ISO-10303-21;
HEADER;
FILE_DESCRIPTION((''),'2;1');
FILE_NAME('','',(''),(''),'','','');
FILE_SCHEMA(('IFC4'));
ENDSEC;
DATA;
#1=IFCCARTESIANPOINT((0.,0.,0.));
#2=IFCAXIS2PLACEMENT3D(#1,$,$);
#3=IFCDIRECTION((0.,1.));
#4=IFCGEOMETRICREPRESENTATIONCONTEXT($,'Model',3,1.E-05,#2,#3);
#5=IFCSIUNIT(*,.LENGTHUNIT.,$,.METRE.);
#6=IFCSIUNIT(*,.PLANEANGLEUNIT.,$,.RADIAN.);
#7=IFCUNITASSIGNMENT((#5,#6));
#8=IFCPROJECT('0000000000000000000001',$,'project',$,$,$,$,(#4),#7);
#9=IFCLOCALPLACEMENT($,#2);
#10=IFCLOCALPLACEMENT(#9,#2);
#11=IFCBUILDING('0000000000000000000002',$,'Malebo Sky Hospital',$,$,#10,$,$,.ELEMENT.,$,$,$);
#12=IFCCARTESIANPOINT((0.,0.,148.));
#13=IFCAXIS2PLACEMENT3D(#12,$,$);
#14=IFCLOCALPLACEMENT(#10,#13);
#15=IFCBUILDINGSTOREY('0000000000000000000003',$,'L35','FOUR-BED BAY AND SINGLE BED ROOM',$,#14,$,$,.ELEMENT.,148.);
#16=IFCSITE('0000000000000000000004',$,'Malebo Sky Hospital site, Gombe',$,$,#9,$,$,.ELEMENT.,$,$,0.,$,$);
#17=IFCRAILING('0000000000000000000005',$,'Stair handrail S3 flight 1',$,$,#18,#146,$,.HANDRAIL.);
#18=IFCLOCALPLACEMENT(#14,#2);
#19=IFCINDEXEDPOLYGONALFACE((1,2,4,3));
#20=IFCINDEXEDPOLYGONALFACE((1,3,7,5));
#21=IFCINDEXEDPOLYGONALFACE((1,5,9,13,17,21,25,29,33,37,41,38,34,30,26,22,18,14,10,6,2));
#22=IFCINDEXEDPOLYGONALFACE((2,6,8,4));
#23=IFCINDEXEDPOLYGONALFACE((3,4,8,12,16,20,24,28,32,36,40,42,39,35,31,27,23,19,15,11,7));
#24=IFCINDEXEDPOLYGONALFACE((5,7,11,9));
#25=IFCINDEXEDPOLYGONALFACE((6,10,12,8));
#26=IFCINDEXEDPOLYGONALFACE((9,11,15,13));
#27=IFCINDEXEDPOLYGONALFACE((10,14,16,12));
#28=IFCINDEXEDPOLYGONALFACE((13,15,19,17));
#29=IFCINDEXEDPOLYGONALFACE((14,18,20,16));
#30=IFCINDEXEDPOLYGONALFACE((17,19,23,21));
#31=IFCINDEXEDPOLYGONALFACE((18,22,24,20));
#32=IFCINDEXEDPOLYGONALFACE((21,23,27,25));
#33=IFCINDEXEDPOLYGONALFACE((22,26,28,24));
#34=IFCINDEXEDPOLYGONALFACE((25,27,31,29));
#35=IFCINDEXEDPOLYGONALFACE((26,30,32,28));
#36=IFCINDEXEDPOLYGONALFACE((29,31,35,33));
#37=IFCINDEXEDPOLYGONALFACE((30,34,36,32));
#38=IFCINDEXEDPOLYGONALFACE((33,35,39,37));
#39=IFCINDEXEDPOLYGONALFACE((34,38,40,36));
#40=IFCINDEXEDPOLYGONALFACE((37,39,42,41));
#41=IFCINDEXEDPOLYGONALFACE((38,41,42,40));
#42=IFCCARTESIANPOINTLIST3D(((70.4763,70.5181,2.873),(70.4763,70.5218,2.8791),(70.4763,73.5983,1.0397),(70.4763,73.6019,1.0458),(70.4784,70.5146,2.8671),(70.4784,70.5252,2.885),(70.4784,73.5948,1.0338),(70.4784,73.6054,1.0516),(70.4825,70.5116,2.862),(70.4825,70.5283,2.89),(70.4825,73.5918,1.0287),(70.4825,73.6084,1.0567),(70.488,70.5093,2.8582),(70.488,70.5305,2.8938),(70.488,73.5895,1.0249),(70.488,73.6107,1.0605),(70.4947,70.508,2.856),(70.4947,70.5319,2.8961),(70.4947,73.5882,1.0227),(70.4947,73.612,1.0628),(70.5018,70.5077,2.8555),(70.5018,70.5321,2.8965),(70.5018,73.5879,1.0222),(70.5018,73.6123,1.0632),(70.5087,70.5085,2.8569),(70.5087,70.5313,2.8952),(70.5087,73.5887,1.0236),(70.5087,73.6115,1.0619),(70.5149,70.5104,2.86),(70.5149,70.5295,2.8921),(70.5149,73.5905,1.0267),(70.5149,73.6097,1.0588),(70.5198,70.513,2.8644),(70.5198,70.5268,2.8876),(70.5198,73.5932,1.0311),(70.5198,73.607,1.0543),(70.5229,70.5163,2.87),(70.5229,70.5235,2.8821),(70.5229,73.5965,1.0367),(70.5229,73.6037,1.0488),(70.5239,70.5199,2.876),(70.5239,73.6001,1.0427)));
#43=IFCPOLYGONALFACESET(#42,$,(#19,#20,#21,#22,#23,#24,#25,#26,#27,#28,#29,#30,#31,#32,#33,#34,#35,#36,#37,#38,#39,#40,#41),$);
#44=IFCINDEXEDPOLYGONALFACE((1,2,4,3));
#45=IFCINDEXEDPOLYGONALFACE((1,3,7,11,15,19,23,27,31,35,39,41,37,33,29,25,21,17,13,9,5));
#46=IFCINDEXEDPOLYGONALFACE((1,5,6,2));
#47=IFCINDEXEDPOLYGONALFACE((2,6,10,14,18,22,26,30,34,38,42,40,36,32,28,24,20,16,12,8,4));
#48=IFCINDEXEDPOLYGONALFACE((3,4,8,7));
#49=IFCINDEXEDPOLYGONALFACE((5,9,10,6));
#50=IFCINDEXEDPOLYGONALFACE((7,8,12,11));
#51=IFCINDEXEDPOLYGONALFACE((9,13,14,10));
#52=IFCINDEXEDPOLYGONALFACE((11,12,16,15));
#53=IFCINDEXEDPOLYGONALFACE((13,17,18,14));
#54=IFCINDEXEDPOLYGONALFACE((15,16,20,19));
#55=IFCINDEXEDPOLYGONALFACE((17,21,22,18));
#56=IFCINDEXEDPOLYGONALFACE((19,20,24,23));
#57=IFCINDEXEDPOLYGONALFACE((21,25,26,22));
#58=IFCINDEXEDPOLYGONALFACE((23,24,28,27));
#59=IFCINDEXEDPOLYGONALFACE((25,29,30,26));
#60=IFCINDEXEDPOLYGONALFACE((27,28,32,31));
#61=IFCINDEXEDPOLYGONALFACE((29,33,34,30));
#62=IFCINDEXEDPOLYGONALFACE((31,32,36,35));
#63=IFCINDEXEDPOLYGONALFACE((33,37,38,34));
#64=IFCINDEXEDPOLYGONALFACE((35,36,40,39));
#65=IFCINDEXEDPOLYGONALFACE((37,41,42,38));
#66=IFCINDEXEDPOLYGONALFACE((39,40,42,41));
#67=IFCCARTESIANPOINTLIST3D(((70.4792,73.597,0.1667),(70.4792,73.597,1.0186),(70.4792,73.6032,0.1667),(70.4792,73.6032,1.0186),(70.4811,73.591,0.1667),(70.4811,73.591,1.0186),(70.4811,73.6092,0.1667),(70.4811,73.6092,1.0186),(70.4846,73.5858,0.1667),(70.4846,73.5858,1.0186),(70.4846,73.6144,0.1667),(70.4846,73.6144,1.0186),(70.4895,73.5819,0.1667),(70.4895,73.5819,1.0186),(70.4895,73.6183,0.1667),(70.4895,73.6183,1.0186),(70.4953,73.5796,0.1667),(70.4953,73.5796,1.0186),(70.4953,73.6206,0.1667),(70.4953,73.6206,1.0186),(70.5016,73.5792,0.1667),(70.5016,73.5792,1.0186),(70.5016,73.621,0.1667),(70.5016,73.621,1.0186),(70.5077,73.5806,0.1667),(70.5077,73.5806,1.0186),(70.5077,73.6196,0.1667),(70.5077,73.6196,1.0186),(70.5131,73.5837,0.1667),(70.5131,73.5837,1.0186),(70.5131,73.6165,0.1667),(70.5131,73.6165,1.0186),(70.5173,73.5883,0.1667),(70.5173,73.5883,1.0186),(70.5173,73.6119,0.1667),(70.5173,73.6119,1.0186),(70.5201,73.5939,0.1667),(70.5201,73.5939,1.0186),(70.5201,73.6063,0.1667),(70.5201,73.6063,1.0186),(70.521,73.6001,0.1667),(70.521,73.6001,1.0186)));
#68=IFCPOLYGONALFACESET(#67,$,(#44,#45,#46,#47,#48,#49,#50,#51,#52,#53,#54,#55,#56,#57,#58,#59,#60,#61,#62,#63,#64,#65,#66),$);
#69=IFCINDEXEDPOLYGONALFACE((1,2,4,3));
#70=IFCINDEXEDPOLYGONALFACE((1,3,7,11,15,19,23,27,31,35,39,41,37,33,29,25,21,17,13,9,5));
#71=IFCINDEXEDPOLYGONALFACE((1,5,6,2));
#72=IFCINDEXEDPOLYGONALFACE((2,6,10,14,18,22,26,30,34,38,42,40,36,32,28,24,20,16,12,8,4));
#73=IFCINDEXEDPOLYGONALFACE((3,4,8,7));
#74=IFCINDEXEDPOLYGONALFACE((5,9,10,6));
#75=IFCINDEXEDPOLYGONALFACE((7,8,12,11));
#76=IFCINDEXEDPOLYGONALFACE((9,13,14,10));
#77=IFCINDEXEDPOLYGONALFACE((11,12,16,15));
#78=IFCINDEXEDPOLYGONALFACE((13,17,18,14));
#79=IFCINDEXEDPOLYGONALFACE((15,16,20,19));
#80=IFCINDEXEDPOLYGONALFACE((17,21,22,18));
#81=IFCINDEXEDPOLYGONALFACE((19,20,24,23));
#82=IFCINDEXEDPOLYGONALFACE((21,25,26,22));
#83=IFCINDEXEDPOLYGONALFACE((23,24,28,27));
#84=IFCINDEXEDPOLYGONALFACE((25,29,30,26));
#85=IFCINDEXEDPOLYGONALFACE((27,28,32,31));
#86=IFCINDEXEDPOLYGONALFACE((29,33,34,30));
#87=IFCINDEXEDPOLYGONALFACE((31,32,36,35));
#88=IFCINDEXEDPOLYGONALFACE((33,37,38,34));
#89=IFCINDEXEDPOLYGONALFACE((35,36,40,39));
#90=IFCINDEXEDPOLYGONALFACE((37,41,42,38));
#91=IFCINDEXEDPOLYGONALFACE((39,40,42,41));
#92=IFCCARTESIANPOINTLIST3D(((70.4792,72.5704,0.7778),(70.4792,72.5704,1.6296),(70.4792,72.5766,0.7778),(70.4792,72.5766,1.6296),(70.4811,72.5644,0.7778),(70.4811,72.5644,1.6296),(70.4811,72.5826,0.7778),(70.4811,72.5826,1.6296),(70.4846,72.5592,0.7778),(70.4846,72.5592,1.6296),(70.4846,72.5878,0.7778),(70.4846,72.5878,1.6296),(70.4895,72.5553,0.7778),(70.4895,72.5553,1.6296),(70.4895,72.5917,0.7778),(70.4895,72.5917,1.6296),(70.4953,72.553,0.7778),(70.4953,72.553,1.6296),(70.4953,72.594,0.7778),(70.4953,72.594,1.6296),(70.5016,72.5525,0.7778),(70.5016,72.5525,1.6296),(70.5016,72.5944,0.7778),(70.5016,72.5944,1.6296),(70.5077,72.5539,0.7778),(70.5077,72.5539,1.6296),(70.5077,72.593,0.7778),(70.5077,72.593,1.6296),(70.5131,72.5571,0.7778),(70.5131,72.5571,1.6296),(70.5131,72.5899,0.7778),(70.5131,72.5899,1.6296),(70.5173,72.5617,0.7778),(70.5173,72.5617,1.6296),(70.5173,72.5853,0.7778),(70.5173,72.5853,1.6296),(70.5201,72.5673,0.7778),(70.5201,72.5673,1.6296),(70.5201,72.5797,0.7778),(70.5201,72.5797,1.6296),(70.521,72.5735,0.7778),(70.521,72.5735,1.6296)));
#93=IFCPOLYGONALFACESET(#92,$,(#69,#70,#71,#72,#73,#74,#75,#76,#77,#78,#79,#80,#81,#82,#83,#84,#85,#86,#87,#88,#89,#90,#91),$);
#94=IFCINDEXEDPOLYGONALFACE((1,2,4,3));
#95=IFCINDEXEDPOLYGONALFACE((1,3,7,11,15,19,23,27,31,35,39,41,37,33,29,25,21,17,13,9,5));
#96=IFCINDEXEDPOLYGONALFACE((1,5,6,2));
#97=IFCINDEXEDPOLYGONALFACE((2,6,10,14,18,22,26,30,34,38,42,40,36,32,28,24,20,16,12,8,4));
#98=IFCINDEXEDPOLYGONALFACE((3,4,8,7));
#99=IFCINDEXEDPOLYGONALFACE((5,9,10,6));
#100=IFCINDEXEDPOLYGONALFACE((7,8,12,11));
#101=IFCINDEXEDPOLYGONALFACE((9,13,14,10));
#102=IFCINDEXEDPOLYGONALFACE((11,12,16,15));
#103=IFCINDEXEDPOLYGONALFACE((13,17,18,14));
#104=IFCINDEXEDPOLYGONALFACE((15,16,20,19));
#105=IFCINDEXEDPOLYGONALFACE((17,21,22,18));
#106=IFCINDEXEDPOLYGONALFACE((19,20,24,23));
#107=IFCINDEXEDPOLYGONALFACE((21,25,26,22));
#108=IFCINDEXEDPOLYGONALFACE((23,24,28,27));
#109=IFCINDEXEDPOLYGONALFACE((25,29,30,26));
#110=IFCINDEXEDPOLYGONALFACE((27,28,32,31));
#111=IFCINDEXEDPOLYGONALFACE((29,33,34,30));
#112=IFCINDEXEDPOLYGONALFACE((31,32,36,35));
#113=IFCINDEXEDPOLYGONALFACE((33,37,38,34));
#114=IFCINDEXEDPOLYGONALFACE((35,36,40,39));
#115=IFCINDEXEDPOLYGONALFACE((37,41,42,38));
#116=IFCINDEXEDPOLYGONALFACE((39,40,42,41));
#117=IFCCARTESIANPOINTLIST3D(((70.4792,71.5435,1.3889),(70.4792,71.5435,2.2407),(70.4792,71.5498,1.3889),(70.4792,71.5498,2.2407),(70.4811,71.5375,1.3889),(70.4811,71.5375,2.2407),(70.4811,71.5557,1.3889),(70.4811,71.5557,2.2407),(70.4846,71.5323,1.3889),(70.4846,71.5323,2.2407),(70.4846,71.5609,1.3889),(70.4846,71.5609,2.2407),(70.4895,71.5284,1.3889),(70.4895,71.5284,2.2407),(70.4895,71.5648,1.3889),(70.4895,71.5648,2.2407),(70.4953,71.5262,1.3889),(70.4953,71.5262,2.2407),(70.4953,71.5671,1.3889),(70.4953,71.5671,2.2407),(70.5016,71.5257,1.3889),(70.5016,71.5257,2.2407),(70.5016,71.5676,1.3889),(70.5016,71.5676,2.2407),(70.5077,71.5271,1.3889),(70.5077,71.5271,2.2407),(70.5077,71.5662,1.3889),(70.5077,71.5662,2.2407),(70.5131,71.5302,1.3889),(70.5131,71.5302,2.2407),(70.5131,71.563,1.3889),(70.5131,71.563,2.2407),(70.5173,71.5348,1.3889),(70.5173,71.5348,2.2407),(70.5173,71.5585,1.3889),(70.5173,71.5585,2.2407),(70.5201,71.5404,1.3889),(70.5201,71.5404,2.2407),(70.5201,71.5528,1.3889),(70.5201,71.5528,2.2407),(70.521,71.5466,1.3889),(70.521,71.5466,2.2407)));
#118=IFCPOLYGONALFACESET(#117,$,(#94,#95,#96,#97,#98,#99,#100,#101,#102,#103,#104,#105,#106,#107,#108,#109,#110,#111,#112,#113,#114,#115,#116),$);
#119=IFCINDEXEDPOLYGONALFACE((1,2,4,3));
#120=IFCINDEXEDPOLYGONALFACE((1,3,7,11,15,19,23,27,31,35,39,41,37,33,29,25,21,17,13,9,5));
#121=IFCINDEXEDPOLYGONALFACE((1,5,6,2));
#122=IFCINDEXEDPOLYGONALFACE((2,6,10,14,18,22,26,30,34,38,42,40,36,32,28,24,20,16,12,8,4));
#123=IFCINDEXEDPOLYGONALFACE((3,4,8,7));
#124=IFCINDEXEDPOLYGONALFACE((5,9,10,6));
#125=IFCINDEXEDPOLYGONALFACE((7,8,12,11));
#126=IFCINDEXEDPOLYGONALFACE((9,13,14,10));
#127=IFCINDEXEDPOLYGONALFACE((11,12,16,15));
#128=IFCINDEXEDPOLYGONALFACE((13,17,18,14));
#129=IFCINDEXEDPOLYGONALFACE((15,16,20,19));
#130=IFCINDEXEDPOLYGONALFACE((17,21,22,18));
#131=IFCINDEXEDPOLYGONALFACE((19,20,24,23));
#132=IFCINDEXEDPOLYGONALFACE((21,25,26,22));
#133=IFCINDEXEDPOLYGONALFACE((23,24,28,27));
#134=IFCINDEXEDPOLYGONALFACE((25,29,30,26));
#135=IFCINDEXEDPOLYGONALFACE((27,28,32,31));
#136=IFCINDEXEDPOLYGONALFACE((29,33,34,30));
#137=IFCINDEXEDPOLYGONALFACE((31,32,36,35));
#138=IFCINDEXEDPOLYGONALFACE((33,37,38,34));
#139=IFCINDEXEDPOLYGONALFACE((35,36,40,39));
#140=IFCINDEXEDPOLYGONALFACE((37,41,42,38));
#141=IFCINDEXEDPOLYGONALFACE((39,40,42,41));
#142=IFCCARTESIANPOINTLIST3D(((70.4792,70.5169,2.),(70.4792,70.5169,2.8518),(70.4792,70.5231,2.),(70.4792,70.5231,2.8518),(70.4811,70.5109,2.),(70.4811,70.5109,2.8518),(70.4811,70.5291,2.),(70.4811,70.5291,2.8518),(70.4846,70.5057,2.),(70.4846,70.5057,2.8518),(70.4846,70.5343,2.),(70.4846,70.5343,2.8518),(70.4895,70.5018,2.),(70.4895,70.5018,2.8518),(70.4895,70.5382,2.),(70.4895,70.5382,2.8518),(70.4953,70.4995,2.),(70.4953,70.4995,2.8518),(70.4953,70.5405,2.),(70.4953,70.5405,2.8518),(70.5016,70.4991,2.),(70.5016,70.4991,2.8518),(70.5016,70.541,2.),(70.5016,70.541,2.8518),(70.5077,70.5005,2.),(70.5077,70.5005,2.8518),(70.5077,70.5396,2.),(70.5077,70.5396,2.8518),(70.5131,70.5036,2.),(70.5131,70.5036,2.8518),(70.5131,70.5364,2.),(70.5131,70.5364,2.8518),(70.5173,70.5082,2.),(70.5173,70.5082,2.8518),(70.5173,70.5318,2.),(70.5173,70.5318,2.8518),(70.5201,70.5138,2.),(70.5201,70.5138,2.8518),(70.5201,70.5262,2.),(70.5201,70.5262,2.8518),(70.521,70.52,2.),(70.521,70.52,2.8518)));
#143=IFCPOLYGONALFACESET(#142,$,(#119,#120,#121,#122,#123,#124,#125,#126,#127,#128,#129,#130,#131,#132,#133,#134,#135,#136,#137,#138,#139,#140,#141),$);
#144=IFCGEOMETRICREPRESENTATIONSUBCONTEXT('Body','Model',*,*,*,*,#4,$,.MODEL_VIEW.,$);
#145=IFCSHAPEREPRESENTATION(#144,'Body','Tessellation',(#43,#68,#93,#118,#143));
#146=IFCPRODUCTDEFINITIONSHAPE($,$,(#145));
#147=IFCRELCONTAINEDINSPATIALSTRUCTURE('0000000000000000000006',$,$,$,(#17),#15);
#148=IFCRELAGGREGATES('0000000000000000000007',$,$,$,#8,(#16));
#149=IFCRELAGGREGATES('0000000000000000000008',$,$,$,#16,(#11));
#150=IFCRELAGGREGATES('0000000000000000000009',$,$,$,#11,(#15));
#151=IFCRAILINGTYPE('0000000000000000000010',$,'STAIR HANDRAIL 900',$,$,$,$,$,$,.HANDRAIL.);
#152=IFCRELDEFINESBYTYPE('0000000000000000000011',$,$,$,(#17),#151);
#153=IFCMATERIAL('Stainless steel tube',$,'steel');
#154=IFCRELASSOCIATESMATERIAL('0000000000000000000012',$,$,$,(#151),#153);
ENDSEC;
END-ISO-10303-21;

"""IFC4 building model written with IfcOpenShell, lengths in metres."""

from ifc_helpers import new_model, si_unit, direction, frame, origin, origin_2d, place, context, subcontext, project, spatial, circle, extrude, material, type_object, element, save


model = new_model("IFC4")

# Units and contexts
model_context = context("Model", 3, precision=1e-05, world=origin(), true_north=direction((0.0, 1.0)))
body_context = subcontext(model_context, "Body", "Model", "MODEL_VIEW")
ifc_project = project(units=[si_unit("LENGTHUNIT", "METRE"), si_unit("PLANEANGLEUNIT", "RADIAN")], contexts=[model_context])

# Site, building, storey
site_placement = place(None, origin())
site = spatial("IfcSite", under=ifc_project, at=site_placement, Name="Malebo Sky Hospital site, Gombe", CompositionType="ELEMENT", RefElevation=0.0)
building_placement = place(site_placement, origin())
building = spatial("IfcBuilding", under=site, at=building_placement, Name="Malebo Sky Hospital", CompositionType="ELEMENT")
storey_placement = place(building_placement, frame((0.0, 0.0, 148.0)))
storey = spatial("IfcBuildingStorey", under=building, at=storey_placement, Name="L35", Description="FOUR-BED BAY AND SINGLE BED ROOM", CompositionType="ELEMENT", Elevation=148.0)

# Railing
ifc_material_1 = material(Name="Stainless steel tube", Category="steel")
railing_type = type_object("IfcRailingType", Name="STAIR HANDRAIL 900", PredefinedType="HANDRAIL", material=ifc_material_1)
railing_1_placement = place(storey_placement, frame((70.5, 73.6001, 0.1667)))
element("IfcRailing", 1, at=railing_1_placement, inside=storey, type_object=railing_type, Name="Stair handrail S3 flight 1", PredefinedType="HANDRAIL", context=body_context, shape_type="SweptSolid", body=[
    extrude(circle(Radius=0.0239, at=origin_2d()), frame((0.0, 0.0, 0.876), z_axis=(0.0, -0.859309, 0.511458), x_axis=(1.0, 0.0, 0.0)), (0.0, 0.0, 1.0), 3.5845),
    extrude(circle(Radius=0.021, at=origin_2d()), origin(), (0.0, 0.0, 1.0), 0.8518),
    extrude(circle(Radius=0.021, at=origin_2d()), frame((0.0, -1.0266, 0.6111)), (0.0, 0.0, 1.0), 0.8518),
    extrude(circle(Radius=0.021, at=origin_2d()), frame((0.0, -2.0535, 1.2222)), (0.0, 0.0, 1.0), 0.8518),
    extrude(circle(Radius=0.021, at=origin_2d()), frame((0.0, -3.0801, 1.8333)), (0.0, 0.0, 1.0), 0.8518),
])

save(model, "model.ifc")
